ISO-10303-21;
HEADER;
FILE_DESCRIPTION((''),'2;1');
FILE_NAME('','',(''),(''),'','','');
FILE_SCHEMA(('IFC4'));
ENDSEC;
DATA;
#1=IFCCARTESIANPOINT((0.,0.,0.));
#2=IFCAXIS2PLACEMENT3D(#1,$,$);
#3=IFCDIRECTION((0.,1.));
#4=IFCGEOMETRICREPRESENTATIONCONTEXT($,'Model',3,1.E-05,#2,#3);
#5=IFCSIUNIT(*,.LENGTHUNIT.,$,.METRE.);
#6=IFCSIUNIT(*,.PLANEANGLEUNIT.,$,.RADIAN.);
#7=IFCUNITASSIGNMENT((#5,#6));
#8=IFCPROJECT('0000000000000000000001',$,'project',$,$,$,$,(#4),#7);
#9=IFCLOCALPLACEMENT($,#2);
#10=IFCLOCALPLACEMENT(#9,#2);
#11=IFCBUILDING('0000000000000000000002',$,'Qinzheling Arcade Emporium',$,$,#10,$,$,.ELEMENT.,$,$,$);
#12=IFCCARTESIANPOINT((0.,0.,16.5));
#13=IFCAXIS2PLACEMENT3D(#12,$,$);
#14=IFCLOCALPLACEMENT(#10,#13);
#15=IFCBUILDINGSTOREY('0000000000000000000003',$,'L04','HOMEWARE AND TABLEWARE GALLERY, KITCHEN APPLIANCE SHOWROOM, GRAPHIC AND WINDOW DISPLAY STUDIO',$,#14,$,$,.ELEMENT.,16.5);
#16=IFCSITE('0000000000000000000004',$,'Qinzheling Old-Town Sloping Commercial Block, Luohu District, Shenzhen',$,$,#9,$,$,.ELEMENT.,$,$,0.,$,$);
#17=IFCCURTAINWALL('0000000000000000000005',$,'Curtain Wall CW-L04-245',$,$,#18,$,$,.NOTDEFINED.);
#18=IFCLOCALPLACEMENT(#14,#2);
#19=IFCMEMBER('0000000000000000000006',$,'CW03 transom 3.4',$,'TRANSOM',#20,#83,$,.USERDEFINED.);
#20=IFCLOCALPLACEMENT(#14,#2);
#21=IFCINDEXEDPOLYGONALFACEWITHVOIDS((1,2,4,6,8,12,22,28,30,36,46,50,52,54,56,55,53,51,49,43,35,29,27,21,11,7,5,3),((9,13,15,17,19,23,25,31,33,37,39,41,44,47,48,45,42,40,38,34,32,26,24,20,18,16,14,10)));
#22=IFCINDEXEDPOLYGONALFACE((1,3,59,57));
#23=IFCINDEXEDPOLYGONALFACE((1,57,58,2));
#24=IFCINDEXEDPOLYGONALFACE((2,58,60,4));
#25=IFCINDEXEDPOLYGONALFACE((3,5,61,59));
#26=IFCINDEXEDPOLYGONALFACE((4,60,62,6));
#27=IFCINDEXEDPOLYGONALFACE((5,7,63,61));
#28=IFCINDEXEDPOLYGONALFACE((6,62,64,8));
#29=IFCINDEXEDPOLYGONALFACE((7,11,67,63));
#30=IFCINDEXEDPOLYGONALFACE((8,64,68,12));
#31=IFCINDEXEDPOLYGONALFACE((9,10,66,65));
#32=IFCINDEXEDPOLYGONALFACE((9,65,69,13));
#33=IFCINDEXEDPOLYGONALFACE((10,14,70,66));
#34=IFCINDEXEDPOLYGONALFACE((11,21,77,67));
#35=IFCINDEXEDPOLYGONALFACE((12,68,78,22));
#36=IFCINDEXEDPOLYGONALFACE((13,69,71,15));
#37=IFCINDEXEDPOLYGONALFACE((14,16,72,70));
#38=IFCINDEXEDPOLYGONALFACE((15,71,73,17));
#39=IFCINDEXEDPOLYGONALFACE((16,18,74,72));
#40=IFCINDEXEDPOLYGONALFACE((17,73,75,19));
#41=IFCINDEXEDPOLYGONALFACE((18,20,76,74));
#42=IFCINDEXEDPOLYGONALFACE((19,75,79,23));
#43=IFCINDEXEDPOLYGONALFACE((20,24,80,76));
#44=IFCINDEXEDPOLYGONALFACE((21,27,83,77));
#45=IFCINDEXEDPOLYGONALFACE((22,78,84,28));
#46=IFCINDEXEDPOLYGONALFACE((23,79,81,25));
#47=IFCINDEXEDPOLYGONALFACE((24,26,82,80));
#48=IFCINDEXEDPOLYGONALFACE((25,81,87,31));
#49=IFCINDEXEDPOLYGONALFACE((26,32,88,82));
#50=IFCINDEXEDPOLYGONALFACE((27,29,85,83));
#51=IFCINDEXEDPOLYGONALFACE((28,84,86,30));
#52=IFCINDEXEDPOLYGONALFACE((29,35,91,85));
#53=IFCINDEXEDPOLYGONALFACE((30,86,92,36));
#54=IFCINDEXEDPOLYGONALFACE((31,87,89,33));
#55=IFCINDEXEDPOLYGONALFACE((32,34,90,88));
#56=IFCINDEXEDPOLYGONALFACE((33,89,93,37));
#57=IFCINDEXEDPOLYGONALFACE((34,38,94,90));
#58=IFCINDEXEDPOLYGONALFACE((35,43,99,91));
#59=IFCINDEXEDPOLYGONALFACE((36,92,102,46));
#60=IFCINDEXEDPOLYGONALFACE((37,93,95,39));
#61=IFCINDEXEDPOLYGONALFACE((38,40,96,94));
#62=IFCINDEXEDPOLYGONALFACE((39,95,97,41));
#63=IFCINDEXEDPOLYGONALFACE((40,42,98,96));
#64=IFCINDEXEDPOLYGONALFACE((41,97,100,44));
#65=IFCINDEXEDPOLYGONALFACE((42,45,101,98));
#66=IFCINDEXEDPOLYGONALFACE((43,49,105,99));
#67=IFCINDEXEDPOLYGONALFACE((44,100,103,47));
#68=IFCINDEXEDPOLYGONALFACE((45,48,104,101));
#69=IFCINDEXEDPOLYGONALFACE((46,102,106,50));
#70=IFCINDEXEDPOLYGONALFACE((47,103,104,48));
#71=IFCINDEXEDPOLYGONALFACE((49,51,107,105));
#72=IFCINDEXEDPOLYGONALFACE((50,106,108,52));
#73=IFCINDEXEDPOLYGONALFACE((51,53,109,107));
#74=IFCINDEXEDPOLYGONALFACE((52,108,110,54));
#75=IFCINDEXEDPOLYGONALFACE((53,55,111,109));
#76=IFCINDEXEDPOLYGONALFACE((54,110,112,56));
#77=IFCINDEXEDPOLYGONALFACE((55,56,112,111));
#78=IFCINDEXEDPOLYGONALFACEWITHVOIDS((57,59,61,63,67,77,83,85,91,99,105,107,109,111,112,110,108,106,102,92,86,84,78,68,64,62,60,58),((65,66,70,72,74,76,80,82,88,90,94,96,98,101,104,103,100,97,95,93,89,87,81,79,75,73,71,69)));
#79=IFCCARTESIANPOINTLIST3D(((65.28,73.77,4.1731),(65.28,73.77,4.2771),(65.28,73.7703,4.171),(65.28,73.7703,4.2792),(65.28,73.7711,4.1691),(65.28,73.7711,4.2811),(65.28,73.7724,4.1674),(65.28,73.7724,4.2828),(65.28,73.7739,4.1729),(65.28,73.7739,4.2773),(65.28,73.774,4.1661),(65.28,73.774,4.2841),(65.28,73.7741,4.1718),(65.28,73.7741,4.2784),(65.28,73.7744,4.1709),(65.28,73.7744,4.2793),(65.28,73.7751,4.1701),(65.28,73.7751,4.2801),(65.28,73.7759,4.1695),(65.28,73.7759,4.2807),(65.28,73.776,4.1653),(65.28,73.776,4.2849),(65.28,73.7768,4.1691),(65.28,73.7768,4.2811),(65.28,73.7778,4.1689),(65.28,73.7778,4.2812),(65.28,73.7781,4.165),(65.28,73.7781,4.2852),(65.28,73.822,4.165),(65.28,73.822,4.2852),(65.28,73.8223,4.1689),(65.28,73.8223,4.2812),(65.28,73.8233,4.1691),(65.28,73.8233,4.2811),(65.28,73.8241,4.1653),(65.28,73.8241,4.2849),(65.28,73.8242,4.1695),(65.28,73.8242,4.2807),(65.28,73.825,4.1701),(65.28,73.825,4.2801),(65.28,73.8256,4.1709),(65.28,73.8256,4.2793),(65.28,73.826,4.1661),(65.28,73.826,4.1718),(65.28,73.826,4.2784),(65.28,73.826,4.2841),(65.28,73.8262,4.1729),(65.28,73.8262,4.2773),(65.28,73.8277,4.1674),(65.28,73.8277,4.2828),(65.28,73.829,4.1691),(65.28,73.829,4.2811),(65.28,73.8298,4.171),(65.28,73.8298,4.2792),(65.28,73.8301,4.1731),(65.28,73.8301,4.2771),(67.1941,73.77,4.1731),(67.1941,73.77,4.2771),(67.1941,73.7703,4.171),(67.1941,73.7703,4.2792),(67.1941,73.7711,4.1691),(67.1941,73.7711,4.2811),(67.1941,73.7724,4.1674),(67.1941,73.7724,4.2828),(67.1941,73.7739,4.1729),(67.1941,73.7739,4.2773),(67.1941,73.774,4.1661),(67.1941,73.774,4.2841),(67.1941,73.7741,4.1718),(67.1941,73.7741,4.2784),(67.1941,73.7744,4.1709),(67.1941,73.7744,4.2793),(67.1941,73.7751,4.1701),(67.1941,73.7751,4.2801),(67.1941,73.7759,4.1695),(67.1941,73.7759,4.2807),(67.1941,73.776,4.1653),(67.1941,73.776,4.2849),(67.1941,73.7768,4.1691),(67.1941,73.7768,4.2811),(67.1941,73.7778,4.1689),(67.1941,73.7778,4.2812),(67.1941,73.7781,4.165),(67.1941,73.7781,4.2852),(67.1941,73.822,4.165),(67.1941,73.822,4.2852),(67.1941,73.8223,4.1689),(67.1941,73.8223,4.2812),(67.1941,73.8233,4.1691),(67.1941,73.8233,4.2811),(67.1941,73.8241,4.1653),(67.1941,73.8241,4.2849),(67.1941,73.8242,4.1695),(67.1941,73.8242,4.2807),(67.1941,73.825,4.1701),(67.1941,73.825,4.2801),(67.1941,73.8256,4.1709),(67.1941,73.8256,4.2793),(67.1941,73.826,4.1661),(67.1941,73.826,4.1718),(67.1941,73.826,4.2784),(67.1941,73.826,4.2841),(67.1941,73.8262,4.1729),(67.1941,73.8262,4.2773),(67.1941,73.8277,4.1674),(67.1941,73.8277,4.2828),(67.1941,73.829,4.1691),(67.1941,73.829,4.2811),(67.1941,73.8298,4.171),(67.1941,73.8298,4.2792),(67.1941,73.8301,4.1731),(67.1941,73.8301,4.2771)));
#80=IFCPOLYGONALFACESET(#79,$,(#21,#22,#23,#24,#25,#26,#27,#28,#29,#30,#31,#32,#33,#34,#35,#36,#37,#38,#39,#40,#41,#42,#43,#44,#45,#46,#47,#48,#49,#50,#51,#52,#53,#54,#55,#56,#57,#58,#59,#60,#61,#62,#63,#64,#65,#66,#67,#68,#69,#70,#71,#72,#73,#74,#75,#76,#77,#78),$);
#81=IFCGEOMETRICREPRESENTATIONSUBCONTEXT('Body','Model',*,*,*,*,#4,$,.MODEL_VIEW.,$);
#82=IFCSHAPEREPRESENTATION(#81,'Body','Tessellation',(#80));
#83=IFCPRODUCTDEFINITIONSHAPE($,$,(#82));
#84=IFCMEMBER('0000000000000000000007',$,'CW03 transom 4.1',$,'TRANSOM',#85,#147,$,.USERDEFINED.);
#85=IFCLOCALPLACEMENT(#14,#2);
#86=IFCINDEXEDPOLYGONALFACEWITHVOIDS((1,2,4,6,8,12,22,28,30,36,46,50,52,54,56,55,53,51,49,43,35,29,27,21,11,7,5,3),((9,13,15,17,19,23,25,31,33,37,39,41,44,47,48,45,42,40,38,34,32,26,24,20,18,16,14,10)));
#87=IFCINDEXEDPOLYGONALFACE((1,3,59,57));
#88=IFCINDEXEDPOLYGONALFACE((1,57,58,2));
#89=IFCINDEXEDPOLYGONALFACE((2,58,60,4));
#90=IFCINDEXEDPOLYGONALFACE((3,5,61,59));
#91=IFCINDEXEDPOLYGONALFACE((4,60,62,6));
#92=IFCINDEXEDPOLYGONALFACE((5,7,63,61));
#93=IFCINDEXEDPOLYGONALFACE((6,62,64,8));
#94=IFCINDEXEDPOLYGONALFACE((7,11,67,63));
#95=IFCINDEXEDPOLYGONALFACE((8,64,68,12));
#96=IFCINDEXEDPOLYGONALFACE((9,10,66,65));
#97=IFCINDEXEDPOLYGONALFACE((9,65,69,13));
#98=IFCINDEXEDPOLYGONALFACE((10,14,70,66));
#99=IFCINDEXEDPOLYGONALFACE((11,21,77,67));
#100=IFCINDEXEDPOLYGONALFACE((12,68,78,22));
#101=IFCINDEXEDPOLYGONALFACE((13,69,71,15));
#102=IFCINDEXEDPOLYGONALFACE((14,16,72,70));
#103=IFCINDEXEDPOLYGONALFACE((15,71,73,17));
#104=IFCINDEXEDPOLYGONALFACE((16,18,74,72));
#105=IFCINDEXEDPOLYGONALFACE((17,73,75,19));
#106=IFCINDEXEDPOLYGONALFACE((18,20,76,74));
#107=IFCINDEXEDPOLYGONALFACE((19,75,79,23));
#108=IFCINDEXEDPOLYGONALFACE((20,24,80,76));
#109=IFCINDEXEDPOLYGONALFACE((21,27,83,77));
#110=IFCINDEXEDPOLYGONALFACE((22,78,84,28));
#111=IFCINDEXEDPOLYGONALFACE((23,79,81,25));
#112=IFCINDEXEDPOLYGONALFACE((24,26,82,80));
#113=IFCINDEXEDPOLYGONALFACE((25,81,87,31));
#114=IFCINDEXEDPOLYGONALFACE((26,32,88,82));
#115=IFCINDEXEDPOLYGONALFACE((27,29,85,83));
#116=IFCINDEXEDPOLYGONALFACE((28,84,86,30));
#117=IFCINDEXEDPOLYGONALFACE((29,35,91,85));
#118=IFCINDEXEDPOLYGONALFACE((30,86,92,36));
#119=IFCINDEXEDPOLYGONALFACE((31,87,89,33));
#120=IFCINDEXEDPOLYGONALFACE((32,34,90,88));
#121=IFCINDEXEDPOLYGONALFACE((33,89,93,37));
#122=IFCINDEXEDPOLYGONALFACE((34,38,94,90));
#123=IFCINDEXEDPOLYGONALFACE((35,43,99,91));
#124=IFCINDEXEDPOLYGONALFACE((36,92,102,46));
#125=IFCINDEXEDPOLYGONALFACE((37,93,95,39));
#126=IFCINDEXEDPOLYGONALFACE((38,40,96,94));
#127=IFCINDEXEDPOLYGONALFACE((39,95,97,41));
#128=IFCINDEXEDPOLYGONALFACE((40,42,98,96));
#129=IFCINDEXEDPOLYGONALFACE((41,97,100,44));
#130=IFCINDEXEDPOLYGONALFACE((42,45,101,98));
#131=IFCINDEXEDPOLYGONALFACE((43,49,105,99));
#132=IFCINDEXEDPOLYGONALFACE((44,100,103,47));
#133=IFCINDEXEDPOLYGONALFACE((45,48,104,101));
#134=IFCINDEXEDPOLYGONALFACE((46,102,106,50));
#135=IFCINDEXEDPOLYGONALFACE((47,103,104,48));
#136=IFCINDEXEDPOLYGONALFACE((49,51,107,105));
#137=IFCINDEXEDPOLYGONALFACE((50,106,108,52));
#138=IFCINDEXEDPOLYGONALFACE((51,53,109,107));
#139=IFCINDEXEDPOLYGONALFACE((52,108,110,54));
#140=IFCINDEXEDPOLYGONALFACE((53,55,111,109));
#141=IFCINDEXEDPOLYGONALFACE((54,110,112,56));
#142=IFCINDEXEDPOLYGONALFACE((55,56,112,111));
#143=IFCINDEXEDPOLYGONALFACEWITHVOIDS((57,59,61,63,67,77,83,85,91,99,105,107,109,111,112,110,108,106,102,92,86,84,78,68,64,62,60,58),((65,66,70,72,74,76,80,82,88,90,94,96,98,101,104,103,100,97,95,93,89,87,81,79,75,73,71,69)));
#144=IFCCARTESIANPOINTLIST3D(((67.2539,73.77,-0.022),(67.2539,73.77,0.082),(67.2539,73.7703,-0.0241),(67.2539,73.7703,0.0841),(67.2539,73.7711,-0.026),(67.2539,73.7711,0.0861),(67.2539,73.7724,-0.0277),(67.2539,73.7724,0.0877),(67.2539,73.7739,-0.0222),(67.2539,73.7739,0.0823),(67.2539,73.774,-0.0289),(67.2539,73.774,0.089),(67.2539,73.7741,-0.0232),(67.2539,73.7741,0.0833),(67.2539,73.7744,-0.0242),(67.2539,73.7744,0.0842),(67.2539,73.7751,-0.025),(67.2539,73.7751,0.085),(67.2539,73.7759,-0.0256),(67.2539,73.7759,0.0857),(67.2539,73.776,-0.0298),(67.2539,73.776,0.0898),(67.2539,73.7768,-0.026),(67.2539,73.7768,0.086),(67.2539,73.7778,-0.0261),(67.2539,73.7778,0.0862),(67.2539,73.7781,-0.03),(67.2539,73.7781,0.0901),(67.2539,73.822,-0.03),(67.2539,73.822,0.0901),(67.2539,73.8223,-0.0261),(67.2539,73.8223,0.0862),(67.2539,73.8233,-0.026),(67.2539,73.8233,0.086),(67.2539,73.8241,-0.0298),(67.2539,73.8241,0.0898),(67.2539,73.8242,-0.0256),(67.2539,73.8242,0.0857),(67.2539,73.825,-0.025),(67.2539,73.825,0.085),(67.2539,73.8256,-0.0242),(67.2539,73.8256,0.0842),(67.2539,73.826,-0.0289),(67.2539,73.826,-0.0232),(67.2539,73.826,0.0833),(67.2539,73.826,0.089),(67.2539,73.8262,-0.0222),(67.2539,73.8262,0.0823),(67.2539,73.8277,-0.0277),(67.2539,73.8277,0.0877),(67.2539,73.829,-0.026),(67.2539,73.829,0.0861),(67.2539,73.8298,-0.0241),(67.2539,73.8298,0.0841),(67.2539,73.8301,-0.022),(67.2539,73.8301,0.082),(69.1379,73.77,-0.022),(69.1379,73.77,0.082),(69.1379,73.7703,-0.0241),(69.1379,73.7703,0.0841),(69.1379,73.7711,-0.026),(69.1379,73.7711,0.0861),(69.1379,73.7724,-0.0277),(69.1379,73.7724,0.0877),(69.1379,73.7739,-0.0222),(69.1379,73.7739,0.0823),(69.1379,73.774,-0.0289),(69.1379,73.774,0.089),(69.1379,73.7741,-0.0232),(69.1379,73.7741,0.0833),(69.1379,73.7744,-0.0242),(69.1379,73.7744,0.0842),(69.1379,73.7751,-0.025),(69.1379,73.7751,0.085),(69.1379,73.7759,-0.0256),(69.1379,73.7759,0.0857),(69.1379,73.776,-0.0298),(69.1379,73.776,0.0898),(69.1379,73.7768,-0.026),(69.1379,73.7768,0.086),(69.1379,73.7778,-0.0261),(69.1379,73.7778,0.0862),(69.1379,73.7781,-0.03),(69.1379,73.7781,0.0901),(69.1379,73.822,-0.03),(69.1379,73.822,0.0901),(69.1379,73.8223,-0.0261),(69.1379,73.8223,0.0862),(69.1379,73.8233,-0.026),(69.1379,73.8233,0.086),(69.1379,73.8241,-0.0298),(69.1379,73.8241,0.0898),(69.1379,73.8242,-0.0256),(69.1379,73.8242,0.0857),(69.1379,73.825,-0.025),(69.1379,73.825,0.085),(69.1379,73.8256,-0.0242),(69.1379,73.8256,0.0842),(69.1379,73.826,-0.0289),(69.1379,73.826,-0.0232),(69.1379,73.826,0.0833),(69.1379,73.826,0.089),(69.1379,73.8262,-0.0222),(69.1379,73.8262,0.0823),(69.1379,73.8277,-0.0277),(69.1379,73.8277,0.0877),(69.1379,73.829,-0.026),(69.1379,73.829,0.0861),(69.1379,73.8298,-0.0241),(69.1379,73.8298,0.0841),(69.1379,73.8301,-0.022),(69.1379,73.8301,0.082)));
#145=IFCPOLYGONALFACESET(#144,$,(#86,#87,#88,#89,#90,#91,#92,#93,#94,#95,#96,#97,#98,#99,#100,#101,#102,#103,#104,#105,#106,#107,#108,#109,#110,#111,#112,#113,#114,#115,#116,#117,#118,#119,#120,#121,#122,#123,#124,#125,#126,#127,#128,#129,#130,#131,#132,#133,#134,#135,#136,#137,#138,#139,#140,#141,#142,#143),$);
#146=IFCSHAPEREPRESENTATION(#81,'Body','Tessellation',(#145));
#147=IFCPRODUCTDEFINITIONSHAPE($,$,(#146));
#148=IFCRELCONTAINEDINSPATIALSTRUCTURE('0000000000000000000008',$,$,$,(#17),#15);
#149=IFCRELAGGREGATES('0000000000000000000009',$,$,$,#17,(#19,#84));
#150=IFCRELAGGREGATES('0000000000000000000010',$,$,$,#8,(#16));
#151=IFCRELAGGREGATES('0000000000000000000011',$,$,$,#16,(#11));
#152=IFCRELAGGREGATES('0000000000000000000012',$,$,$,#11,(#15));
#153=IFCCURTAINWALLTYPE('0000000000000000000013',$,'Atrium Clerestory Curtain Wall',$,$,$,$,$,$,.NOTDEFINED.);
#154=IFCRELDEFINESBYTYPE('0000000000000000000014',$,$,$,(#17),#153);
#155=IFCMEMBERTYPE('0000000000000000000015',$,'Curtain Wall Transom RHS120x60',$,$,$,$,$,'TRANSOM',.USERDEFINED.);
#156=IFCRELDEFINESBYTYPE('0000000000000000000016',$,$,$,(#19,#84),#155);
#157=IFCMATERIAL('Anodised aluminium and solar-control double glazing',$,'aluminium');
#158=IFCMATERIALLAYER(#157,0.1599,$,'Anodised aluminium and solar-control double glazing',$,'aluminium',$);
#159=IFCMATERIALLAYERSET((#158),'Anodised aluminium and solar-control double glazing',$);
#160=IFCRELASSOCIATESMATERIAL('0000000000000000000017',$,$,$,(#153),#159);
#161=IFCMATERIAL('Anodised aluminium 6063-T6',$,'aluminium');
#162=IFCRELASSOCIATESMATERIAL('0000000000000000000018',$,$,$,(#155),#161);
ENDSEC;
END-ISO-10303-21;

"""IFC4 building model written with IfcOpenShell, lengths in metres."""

from ifc_helpers import new_model, si_unit, direction, frame, origin, origin_2d, place, context, subcontext, project, spatial, hollow_rectangle, extrude, material, layer, layer_set, material_profile, profile_set, type_object, element, aggregate, save


model = new_model("IFC4")

# Units and contexts
model_context = context("Model", 3, precision=1e-05, world=origin(), true_north=direction((0.0, 1.0)))
body_context = subcontext(model_context, "Body", "Model", "MODEL_VIEW")
ifc_project = project(units=[si_unit("LENGTHUNIT", "METRE"), si_unit("PLANEANGLEUNIT", "RADIAN")], contexts=[model_context])

# Site, building, storey
site_placement = place(None, origin())
site = spatial("IfcSite", under=ifc_project, at=site_placement, Name="Qinzheling Old-Town Sloping Commercial Block, Luohu District, Shenzhen", CompositionType="ELEMENT", RefElevation=0.0)
building_placement = place(site_placement, origin())
building = spatial("IfcBuilding", under=site, at=building_placement, Name="Qinzheling Arcade Emporium", CompositionType="ELEMENT")
storey_placement = place(building_placement, frame((0.0, 0.0, 16.5)))
storey = spatial("IfcBuildingStorey", under=building, at=storey_placement, Name="L04", Description="HOMEWARE AND TABLEWARE GALLERY, KITCHEN APPLIANCE SHOWROOM, GRAPHIC AND WINDOW DISPLAY STUDIO", CompositionType="ELEMENT", Elevation=16.5)

# Curtain wall
ifc_material_1 = material(Name="Anodised aluminium and solar-control double glazing", Category="aluminium")
ifc_layer_1 = layer(ifc_material_1, 0.1599, Name="Anodised aluminium and solar-control double glazing", Category="aluminium")
ifc_layer_set_1 = layer_set([ifc_layer_1], Name="Anodised aluminium and solar-control double glazing")
curtain_wall_type = type_object("IfcCurtainWallType", Name="Atrium Clerestory Curtain Wall", PredefinedType="NOTDEFINED", material=ifc_layer_set_1)
curtain_wall_1_placement = place(storey_placement, origin())
curtain_wall_1 = element("IfcCurtainWall", 1, at=curtain_wall_1_placement, inside=storey, type_object=curtain_wall_type, Name="Curtain Wall CW-L04-245", PredefinedType="NOTDEFINED")
ifc_material_2 = material(Name="Anodised aluminium 6063-T6", Category="aluminium")

# Members
ifc_material_profile_1 = material_profile(ifc_material_2, hollow_rectangle(XDim=0.0601, YDim=0.1201, WallThickness=0.0039, InnerFilletRadius=0.0039, OuterFilletRadius=0.0081, at=origin_2d()), Name="RHS 120x60x4", Category="aluminium")
ifc_profile_set_1 = profile_set([ifc_material_profile_1], Name="Anodised aluminium 6063-T6")
member_type_1 = type_object("IfcMemberType", Name="Curtain Wall Transom RHS120x60", ElementType="TRANSOM", PredefinedType="USERDEFINED", material=ifc_profile_set_1)
member_1_placement = place(storey_placement, frame((65.28, 73.8, 4.2251), z_axis=(1.0, 0.0, 0.0), x_axis=(0.0, 1.0, 0.0)))
member_1 = element("IfcMember", 2, at=member_1_placement, type_object=member_type_1, Name="CW03 transom 3.4", ObjectType="TRANSOM", PredefinedType="USERDEFINED", context=body_context, shape_type="SweptSolid", body=[
    extrude(hollow_rectangle(XDim=0.0601, YDim=0.1201, WallThickness=0.0039, InnerFilletRadius=0.0039, OuterFilletRadius=0.0081, at=origin_2d()), origin(), (0.0, 0.0, 1.0), 1.9141),
])
member_2_placement = place(storey_placement, frame((67.2539, 73.8, 0.03), z_axis=(1.0, 0.0, 0.0), x_axis=(0.0, 1.0, 0.0)))
member_2 = element("IfcMember", 3, at=member_2_placement, type_object=member_type_1, Name="CW03 transom 4.1", ObjectType="TRANSOM", PredefinedType="USERDEFINED", context=body_context, shape_type="SweptSolid", body=[
    extrude(hollow_rectangle(XDim=0.0601, YDim=0.1201, WallThickness=0.0039, InnerFilletRadius=0.0039, OuterFilletRadius=0.0081, at=origin_2d()), origin(), (0.0, 0.0, 1.0), 1.884),
])

aggregate(curtain_wall_1, [member_1, member_2])

save(model, "model.ifc")
